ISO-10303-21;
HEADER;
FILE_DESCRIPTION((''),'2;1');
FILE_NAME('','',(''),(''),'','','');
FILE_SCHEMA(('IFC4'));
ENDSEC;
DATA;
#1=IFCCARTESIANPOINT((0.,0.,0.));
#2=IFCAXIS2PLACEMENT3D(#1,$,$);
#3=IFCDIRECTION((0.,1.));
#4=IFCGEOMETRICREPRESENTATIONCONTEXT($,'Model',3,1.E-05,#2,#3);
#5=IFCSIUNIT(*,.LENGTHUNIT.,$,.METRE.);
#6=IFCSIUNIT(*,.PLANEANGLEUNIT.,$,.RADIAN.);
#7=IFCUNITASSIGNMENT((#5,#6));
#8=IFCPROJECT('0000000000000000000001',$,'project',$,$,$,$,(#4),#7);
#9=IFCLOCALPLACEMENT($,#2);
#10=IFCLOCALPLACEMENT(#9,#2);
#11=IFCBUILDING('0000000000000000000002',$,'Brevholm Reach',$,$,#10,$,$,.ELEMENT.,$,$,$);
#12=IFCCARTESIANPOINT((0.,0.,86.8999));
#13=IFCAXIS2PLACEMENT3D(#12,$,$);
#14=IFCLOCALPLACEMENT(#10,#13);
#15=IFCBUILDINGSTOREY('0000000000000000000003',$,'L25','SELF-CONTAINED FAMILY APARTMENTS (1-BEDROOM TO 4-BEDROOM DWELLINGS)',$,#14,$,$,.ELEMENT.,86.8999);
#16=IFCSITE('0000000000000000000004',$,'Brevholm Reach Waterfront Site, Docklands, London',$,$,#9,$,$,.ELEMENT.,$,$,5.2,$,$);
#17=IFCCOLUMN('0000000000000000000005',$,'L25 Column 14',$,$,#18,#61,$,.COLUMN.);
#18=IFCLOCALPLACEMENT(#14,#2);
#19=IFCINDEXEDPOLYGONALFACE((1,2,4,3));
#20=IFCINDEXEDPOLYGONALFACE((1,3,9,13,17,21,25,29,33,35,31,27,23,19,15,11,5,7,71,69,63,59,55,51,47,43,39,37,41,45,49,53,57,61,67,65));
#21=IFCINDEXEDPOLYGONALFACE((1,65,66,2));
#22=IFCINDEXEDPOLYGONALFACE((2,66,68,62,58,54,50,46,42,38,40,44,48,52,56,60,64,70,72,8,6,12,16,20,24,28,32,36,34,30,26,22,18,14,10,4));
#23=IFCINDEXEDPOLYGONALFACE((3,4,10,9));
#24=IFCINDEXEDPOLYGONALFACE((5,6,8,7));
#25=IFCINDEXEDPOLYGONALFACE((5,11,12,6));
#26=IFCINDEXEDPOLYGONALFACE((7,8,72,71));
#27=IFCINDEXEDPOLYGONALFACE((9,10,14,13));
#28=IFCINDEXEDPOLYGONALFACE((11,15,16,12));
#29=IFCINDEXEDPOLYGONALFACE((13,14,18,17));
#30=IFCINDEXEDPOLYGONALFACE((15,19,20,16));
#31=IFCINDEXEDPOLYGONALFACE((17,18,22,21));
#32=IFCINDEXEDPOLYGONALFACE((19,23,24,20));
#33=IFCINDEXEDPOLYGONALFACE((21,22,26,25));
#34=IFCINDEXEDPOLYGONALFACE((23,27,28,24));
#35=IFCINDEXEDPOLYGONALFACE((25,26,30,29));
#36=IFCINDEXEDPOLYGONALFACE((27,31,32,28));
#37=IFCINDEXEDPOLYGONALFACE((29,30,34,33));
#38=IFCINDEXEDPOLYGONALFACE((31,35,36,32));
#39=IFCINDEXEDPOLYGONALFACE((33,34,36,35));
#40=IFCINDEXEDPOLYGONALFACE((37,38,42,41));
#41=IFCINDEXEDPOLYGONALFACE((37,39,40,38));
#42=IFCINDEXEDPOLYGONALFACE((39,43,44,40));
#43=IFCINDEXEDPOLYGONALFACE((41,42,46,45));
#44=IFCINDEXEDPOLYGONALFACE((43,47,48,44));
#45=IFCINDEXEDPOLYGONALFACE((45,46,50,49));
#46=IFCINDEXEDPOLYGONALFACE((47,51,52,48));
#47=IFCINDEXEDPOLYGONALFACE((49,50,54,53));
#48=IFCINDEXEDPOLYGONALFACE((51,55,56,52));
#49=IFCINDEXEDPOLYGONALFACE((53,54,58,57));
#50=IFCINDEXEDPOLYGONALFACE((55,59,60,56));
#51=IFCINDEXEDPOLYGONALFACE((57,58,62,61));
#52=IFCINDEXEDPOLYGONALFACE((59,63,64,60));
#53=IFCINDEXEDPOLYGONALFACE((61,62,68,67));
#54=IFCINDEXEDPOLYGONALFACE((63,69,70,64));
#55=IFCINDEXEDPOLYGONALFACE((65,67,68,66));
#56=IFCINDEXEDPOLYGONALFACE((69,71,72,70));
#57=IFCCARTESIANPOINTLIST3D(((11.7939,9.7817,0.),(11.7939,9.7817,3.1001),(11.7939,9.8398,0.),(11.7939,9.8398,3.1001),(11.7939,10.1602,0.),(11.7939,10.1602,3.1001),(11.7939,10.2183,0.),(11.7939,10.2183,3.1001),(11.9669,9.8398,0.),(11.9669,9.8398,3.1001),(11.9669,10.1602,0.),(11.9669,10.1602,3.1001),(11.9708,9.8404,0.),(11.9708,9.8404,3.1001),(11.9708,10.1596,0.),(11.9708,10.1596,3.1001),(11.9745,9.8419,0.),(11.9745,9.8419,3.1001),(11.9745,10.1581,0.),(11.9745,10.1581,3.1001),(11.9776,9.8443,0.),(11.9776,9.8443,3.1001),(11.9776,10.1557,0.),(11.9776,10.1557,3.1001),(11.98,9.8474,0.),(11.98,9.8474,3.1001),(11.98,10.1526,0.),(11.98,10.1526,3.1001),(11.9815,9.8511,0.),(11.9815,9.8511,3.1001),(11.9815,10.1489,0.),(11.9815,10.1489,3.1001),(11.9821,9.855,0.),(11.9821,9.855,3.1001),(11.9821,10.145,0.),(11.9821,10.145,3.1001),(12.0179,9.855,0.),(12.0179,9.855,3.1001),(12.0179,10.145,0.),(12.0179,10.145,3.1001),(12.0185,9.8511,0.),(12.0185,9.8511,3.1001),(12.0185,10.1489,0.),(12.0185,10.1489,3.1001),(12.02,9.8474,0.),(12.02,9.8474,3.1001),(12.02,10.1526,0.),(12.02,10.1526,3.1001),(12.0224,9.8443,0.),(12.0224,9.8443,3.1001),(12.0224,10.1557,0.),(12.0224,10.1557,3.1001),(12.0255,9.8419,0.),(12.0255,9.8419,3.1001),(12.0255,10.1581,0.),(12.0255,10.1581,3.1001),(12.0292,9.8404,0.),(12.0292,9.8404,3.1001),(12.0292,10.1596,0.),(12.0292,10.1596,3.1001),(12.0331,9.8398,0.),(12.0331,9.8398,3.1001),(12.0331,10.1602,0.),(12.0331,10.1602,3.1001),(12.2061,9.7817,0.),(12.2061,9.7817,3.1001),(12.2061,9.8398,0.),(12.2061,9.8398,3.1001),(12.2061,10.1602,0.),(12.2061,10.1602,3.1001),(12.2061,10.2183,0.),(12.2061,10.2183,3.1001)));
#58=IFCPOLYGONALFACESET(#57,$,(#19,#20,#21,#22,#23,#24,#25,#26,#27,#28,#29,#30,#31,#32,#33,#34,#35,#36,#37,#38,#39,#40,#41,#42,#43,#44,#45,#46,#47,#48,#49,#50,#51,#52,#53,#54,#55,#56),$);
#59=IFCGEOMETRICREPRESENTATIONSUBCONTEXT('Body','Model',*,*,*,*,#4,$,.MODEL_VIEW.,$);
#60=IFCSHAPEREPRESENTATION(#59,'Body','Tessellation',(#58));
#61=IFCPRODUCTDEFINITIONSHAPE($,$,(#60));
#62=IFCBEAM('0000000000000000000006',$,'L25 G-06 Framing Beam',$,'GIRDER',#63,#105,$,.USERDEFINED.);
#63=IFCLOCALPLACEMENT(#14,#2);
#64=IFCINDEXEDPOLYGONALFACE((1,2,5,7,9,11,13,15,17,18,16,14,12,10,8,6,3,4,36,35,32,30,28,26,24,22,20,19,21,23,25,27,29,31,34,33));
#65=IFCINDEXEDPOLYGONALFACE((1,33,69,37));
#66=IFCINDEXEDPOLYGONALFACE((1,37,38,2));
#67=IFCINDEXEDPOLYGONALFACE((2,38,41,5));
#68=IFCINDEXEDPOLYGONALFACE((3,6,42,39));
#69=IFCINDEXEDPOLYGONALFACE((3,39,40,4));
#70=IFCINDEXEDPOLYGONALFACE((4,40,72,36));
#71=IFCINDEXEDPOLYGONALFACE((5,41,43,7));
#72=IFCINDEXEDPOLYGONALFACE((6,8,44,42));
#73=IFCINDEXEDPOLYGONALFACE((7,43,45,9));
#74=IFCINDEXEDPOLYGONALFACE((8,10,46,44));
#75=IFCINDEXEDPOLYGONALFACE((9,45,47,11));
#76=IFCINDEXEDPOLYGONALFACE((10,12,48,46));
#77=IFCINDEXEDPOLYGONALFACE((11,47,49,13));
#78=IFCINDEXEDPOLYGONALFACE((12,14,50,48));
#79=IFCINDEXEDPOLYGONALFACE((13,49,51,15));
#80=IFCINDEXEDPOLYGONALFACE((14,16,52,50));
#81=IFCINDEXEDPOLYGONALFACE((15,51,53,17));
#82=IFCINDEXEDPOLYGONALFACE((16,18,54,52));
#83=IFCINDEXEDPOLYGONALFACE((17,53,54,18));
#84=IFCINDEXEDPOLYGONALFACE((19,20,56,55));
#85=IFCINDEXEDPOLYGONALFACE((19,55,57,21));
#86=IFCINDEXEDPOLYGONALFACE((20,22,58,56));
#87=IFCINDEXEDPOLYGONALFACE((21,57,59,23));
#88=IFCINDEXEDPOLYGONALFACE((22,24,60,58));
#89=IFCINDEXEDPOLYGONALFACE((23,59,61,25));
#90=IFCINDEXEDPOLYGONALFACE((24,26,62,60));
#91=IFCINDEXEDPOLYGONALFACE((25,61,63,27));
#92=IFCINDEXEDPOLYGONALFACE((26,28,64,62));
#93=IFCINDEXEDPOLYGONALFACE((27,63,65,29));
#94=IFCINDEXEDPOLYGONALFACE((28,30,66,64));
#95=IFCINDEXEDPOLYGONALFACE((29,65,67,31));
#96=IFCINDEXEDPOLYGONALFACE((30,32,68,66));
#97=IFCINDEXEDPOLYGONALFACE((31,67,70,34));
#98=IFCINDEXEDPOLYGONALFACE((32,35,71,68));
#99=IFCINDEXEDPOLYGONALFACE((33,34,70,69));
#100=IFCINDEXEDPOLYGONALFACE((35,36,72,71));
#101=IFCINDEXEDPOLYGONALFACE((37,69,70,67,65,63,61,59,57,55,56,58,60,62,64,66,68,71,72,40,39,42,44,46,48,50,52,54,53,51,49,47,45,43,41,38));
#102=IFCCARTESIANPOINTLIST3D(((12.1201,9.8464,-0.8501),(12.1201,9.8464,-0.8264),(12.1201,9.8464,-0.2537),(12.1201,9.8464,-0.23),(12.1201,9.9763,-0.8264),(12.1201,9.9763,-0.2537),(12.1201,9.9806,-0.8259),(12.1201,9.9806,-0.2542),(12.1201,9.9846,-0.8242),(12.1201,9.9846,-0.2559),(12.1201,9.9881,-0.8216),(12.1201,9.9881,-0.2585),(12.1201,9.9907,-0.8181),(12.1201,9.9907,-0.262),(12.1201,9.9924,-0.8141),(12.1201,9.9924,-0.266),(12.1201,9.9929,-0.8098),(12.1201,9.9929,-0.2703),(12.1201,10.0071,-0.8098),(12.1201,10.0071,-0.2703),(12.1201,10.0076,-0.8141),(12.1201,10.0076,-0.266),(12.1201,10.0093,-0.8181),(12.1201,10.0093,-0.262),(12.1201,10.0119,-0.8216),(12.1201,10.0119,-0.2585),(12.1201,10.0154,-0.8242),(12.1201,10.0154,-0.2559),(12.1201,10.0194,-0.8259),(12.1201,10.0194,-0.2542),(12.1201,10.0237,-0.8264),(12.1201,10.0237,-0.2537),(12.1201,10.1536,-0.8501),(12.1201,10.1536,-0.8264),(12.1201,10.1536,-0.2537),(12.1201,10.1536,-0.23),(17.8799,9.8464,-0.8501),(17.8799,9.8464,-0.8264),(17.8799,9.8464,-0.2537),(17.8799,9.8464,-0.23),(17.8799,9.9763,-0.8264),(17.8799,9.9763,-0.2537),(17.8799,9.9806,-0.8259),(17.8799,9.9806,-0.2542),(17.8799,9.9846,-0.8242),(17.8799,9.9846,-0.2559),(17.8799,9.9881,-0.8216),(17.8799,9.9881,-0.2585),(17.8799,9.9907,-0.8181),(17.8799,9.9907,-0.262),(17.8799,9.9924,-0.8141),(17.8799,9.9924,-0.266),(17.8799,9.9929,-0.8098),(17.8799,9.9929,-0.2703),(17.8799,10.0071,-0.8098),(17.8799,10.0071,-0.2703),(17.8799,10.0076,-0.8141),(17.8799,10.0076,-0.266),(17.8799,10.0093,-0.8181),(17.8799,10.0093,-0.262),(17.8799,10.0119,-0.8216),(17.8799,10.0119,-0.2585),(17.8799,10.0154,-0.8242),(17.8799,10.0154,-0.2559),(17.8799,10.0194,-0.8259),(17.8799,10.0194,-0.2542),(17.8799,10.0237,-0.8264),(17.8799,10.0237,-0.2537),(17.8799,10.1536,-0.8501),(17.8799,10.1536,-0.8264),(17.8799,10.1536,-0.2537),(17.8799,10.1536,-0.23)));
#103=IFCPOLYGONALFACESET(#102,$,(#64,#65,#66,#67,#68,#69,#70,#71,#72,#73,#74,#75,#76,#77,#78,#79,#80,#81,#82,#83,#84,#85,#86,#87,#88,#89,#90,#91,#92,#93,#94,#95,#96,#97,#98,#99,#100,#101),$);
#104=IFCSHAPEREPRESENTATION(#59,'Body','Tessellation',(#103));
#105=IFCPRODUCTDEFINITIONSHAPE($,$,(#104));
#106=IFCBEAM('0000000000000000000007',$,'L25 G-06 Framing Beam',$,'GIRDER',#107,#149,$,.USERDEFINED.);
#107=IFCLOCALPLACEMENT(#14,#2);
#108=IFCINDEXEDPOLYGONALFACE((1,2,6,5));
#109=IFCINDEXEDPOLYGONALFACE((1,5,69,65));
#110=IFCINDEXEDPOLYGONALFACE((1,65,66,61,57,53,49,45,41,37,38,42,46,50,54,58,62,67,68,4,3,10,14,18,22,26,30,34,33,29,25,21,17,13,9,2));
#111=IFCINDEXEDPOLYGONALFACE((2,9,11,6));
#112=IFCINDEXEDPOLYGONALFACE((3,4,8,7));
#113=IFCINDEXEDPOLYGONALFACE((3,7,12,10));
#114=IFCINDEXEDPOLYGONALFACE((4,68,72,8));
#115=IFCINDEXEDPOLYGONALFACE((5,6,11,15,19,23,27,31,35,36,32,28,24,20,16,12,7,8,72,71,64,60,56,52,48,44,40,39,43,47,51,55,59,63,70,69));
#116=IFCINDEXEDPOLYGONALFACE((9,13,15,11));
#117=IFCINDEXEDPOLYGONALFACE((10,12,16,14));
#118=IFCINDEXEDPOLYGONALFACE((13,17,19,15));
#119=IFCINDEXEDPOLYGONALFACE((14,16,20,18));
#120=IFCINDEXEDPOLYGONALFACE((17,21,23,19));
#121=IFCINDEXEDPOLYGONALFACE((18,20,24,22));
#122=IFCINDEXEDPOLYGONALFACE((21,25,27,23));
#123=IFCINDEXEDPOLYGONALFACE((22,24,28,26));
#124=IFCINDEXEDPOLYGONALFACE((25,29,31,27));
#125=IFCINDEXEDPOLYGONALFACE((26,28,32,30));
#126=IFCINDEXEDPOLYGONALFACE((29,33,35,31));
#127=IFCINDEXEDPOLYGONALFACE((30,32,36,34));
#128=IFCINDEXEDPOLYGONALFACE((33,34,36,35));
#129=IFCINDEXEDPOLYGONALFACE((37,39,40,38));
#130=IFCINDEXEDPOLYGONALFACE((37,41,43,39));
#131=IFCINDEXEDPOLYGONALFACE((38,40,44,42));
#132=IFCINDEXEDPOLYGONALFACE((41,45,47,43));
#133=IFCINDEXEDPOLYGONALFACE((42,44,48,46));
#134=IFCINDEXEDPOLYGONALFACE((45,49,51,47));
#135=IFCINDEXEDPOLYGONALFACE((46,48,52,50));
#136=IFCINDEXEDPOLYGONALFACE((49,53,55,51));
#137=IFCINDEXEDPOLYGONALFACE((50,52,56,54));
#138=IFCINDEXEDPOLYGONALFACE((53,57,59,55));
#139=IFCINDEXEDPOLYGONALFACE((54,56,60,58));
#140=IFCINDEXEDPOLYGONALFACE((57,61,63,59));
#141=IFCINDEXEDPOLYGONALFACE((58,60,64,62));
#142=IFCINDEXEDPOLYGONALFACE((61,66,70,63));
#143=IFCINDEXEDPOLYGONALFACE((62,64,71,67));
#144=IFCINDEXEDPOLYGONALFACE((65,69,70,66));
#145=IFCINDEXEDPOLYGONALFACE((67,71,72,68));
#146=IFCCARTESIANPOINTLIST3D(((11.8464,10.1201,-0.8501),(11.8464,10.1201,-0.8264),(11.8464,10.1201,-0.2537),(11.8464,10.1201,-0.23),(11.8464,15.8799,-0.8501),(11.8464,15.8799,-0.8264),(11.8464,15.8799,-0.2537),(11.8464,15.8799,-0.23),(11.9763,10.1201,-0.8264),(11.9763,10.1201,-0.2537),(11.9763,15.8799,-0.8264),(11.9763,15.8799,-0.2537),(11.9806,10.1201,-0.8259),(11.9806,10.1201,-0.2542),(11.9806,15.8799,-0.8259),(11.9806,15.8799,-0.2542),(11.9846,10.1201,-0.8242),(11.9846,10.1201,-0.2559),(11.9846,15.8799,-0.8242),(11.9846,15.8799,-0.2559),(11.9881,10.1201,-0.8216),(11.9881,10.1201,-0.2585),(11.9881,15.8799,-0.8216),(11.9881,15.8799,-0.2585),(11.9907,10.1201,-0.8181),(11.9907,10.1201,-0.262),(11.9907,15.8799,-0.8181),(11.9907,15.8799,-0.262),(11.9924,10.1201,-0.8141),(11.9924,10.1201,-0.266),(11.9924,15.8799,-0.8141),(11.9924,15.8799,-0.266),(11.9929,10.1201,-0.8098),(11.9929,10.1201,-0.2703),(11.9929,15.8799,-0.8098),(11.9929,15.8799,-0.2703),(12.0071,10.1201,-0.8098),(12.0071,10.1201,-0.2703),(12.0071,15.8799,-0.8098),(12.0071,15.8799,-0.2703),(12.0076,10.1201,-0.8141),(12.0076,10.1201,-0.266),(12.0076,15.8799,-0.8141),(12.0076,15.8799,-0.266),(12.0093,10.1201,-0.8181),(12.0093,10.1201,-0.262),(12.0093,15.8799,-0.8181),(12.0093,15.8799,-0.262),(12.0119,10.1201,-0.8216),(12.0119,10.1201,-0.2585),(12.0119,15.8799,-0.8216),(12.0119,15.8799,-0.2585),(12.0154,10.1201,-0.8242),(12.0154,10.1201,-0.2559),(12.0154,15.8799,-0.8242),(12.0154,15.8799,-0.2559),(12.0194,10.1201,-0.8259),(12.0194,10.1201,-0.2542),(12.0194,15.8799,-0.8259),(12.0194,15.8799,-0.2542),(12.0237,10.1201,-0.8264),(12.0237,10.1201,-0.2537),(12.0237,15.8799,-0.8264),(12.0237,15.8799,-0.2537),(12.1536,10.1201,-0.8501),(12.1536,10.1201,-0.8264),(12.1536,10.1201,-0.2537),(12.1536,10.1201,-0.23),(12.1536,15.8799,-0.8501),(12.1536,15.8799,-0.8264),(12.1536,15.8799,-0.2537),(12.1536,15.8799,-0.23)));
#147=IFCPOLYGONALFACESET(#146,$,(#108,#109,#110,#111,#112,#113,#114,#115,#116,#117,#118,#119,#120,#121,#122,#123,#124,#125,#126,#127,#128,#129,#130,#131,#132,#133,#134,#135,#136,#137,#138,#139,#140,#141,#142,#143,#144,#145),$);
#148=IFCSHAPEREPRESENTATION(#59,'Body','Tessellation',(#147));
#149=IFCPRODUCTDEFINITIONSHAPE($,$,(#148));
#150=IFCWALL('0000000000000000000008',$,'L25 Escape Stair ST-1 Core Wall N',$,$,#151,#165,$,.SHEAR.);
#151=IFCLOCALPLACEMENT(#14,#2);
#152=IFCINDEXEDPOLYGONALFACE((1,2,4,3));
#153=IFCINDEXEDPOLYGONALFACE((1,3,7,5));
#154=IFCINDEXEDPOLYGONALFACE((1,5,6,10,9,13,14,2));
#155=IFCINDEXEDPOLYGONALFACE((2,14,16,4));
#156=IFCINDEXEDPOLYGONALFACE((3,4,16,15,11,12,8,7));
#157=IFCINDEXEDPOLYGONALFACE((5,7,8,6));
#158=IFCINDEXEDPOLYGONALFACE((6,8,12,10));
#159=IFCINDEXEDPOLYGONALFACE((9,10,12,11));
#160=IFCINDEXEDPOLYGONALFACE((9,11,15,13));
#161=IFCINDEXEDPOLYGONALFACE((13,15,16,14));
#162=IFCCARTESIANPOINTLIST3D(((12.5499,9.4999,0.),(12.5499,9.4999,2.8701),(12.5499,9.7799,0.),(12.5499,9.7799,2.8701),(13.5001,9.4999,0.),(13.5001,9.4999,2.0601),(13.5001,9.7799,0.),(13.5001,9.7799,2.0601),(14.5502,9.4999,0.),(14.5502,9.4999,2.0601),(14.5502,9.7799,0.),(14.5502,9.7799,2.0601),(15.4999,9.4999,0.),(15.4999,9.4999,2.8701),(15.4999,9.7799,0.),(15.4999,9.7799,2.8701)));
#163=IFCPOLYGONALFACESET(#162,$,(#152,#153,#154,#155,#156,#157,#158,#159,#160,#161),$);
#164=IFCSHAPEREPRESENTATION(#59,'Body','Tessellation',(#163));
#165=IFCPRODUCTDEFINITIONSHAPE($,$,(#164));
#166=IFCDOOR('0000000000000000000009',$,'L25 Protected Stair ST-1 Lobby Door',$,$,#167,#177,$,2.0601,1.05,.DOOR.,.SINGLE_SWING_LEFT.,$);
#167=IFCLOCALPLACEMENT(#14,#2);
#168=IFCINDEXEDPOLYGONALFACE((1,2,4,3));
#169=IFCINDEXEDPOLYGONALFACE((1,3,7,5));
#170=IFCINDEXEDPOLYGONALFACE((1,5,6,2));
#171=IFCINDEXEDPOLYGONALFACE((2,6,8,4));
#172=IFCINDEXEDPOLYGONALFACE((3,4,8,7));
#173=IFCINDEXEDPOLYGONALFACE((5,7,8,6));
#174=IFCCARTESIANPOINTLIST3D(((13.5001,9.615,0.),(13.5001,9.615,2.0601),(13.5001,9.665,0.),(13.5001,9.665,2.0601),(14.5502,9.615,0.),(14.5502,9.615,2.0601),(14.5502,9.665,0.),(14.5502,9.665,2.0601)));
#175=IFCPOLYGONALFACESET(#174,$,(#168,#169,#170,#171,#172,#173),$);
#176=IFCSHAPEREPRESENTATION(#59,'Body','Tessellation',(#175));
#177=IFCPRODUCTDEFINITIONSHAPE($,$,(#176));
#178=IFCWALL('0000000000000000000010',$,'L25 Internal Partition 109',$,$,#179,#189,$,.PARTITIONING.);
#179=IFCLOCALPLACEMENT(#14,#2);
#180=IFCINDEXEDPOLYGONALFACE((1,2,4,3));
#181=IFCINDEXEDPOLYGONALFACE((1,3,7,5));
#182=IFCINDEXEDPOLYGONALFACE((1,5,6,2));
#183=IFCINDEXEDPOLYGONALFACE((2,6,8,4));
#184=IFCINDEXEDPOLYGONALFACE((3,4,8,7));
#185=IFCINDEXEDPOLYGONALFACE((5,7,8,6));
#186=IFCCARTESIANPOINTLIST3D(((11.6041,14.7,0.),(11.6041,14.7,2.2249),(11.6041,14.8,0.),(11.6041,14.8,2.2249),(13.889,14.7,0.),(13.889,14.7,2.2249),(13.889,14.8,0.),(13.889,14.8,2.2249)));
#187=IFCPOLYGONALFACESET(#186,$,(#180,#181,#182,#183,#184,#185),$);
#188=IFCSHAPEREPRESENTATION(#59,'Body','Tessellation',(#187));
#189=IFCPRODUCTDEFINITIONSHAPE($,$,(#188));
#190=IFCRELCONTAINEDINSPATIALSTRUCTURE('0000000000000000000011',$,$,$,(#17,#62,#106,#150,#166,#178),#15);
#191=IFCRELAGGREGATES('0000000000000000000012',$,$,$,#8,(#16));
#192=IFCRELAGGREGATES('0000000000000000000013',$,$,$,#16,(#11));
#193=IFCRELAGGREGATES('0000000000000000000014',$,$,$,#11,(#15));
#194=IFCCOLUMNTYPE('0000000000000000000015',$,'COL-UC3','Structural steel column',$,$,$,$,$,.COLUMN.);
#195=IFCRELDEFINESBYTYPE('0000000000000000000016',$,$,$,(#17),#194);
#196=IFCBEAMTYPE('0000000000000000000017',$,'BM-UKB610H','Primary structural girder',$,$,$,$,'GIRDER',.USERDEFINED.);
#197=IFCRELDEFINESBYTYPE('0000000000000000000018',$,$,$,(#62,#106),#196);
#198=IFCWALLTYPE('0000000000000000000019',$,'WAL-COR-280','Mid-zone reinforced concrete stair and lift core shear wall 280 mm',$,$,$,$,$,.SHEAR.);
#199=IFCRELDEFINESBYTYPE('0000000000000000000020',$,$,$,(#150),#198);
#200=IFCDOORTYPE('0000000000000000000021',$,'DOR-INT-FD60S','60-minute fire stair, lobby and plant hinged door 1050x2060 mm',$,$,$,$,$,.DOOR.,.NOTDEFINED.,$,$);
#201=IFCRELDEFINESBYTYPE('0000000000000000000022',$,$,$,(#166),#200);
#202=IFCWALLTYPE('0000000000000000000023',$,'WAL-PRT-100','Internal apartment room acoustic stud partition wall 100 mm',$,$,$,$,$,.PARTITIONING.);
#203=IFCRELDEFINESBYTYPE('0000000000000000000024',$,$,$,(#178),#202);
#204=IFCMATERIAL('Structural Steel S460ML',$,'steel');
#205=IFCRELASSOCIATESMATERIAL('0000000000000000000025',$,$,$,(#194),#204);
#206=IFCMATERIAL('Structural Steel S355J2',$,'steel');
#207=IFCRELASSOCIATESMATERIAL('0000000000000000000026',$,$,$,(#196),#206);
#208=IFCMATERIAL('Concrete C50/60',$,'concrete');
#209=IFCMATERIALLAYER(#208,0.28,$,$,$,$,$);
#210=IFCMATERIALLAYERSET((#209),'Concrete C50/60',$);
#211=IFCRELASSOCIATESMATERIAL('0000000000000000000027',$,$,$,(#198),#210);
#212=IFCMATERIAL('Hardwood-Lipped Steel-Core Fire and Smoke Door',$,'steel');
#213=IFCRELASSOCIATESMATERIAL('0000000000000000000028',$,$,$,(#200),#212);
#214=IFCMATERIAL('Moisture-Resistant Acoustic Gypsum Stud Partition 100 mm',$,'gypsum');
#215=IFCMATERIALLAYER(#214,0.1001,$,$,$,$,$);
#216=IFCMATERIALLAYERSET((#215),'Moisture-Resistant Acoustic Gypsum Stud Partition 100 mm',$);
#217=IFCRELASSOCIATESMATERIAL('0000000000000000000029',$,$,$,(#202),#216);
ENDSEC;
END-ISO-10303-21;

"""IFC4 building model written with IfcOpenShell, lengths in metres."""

from ifc_helpers import new_model, si_unit, direction, frame, frame_2d, origin, origin_2d, place, context, subcontext, project, spatial, rectangle, i_section, extrude, material, layer, layer_set, material_profile, profile_set, type_object, element, fill, save


model = new_model("IFC4")

# Units and contexts
model_context = context("Model", 3, precision=1e-05, world=origin(), true_north=direction((0.0, 1.0)))
body_context = subcontext(model_context, "Body", "Model", "MODEL_VIEW")
ifc_project = project(units=[si_unit("LENGTHUNIT", "METRE"), si_unit("PLANEANGLEUNIT", "RADIAN")], contexts=[model_context])

# Site, building, storey
site_placement = place(None, origin())
site = spatial("IfcSite", under=ifc_project, at=site_placement, Name="Brevholm Reach Waterfront Site, Docklands, London", CompositionType="ELEMENT", RefElevation=5.2)
building_placement = place(site_placement, origin())
building = spatial("IfcBuilding", under=site, at=building_placement, Name="Brevholm Reach", CompositionType="ELEMENT")
storey_placement = place(building_placement, frame((0.0, 0.0, 86.8999)))
storey = spatial("IfcBuildingStorey", under=building, at=storey_placement, Name="L25", Description="SELF-CONTAINED FAMILY APARTMENTS (1-BEDROOM TO 4-BEDROOM DWELLINGS)", CompositionType="ELEMENT", Elevation=86.8999)

# Column
ifc_material_1 = material(Name="Structural Steel S460ML", Category="steel")
ifc_material_profile_1 = material_profile(ifc_material_1, i_section(OverallWidth=0.4121, OverallDepth=0.4365, WebThickness=0.0359, FlangeThickness=0.0581, FilletRadius=0.0151, at=origin_2d()), Name="UKC 356x406x467")
ifc_profile_set_1 = profile_set([ifc_material_profile_1], Name="Structural Steel S460ML")
column_type = type_object("IfcColumnType", Name="COL-UC3", Description="Structural steel column", PredefinedType="COLUMN", material=ifc_profile_set_1)
column_placement = place(storey_placement, frame((12.0, 10.0, 0.0), z_axis=(0.0, 0.0, 1.0), x_axis=(1.0, 0.0, 0.0)))
element("IfcColumn", 1, at=column_placement, inside=storey, type_object=column_type, Name="L25 Column 14", PredefinedType="COLUMN", context=body_context, shape_type="SweptSolid", body=[
    extrude(i_section(OverallWidth=0.4121, OverallDepth=0.4365, WebThickness=0.0359, FlangeThickness=0.0581, FilletRadius=0.0151, at=origin_2d()), origin(), (0.0, 0.0, 1.0), 3.1001),
])

# Beams
ifc_material_2 = material(Name="Structural Steel S355J2", Category="steel")
ifc_material_profile_2 = material_profile(ifc_material_2, i_section(OverallWidth=0.3071, OverallDepth=0.6201, WebThickness=0.0142, FlangeThickness=0.0237, FilletRadius=0.0166, at=origin_2d()), Name="UKB 610x305x179")
ifc_profile_set_2 = profile_set([ifc_material_profile_2], Name="Structural Steel S355J2")
beam_type = type_object("IfcBeamType", Name="BM-UKB610H", Description="Primary structural girder", ElementType="GIRDER", PredefinedType="USERDEFINED", material=ifc_profile_set_2)
for number, where, z_axis, x_axis, name in (
    (2, (12.1201, 10.0, -0.54), (1.0, 0.0, 0.0), (0.0, 1.0, 0.0), "L25 G-06 Framing Beam"),
    (3, (12.0, 10.1201, -0.54), (0.0, 1.0, 0.0), (-1.0, 0.0, 0.0), "L25 G-06 Framing Beam"),
):
    element("IfcBeam", number, at=place(storey_placement, frame(where, z_axis=z_axis, x_axis=x_axis)), inside=storey, type_object=beam_type, Name=name, ObjectType="GIRDER", PredefinedType="USERDEFINED", context=body_context, shape_type="SweptSolid", body=[
        extrude(i_section(OverallWidth=0.3071, OverallDepth=0.6201, WebThickness=0.0142, FlangeThickness=0.0237, FilletRadius=0.0166, at=origin_2d()), origin(), (0.0, 0.0, 1.0), 5.7598),
    ])

# Wall, opening, door
ifc_material_3 = material(Name="Concrete C50/60", Category="concrete")
ifc_layer_1 = layer(ifc_material_3, 0.28)
ifc_layer_set_1 = layer_set([ifc_layer_1], Name="Concrete C50/60")
wall_type_1 = type_object("IfcWallType", Name="WAL-COR-280", Description="Mid-zone reinforced concrete stair and lift core shear wall 280 mm", PredefinedType="SHEAR", material=ifc_layer_set_1)
wall_1_placement = place(storey_placement, frame((15.5, 9.6399, 0.0), z_axis=(0.0, 0.0, 1.0), x_axis=(-1.0, 0.0, 0.0)))
wall_1 = element("IfcWall", 4, at=wall_1_placement, inside=storey, type_object=wall_type_1, Name="L25 Escape Stair ST-1 Core Wall N", PredefinedType="SHEAR", context=body_context, shape_type="SweptSolid", body=[
    extrude(rectangle(XDim=2.95, YDim=0.28, at=frame_2d((1.4751, 0.0))), origin(), (0.0, 0.0, 1.0), 2.8701),
])
opening_1_placement = place(wall_1_placement, frame((0.95, 0.0, 0.0)))
opening_1 = element("IfcOpeningElement", 5, at=opening_1_placement, cuts=wall_1, PredefinedType="OPENING", context=body_context, shape_type="SweptSolid", body=[
    extrude(rectangle(XDim=1.05, YDim=2.0601, at=frame_2d((0.5249, 1.03))), frame((0.0, 0.1499, 0.0), z_axis=(0.0, -1.0, 0.0), x_axis=(1.0, 0.0, 0.0)), (0.0, 0.0, 1.0), 0.3),
])
ifc_material_4 = material(Name="Hardwood-Lipped Steel-Core Fire and Smoke Door", Category="steel")
door_type_1 = type_object("IfcDoorType", Name="DOR-INT-FD60S", Description="60-minute fire stair, lobby and plant hinged door 1050x2060 mm", OperationType="NOTDEFINED", PredefinedType="DOOR", material=ifc_material_4)
door_1_placement = place(opening_1_placement, origin())
door_1 = element("IfcDoor", 6, at=door_1_placement, inside=storey, type_object=door_type_1, Name="L25 Protected Stair ST-1 Lobby Door", OperationType="SINGLE_SWING_LEFT", OverallHeight=2.0601, OverallWidth=1.05, PredefinedType="DOOR", context=body_context, shape_type="SweptSolid", body=[
    extrude(rectangle(XDim=1.05, YDim=2.0601, at=frame_2d((0.5249, 1.03))), frame((0.0, 0.0249, 0.0), z_axis=(0.0, -1.0, 0.0), x_axis=(1.0, 0.0, 0.0)), (0.0, 0.0, 1.0), 0.05),
])
fill(opening_1, door_1)

# Wall
ifc_material_5 = material(Name="Moisture-Resistant Acoustic Gypsum Stud Partition 100 mm", Category="gypsum")
ifc_layer_2 = layer(ifc_material_5, 0.1001)
ifc_layer_set_2 = layer_set([ifc_layer_2], Name="Moisture-Resistant Acoustic Gypsum Stud Partition 100 mm")
wall_type_2 = type_object("IfcWallType", Name="WAL-PRT-100", Description="Internal apartment room acoustic stud partition wall 100 mm", PredefinedType="PARTITIONING", material=ifc_layer_set_2)
wall_2_placement = place(storey_placement, frame((11.604, 14.75, 0.0), z_axis=(0.0, 0.0, 1.0), x_axis=(1.0, 0.0, 0.0)))
element("IfcWall", 7, at=wall_2_placement, inside=storey, type_object=wall_type_2, Name="L25 Internal Partition 109", PredefinedType="PARTITIONING", context=body_context, shape_type="SweptSolid", body=[
    extrude(rectangle(XDim=2.2849, YDim=0.1001, at=frame_2d((1.1426, 0.0))), origin(), (0.0, 0.0, 1.0), 2.2249),
])

save(model, "model.ifc")
